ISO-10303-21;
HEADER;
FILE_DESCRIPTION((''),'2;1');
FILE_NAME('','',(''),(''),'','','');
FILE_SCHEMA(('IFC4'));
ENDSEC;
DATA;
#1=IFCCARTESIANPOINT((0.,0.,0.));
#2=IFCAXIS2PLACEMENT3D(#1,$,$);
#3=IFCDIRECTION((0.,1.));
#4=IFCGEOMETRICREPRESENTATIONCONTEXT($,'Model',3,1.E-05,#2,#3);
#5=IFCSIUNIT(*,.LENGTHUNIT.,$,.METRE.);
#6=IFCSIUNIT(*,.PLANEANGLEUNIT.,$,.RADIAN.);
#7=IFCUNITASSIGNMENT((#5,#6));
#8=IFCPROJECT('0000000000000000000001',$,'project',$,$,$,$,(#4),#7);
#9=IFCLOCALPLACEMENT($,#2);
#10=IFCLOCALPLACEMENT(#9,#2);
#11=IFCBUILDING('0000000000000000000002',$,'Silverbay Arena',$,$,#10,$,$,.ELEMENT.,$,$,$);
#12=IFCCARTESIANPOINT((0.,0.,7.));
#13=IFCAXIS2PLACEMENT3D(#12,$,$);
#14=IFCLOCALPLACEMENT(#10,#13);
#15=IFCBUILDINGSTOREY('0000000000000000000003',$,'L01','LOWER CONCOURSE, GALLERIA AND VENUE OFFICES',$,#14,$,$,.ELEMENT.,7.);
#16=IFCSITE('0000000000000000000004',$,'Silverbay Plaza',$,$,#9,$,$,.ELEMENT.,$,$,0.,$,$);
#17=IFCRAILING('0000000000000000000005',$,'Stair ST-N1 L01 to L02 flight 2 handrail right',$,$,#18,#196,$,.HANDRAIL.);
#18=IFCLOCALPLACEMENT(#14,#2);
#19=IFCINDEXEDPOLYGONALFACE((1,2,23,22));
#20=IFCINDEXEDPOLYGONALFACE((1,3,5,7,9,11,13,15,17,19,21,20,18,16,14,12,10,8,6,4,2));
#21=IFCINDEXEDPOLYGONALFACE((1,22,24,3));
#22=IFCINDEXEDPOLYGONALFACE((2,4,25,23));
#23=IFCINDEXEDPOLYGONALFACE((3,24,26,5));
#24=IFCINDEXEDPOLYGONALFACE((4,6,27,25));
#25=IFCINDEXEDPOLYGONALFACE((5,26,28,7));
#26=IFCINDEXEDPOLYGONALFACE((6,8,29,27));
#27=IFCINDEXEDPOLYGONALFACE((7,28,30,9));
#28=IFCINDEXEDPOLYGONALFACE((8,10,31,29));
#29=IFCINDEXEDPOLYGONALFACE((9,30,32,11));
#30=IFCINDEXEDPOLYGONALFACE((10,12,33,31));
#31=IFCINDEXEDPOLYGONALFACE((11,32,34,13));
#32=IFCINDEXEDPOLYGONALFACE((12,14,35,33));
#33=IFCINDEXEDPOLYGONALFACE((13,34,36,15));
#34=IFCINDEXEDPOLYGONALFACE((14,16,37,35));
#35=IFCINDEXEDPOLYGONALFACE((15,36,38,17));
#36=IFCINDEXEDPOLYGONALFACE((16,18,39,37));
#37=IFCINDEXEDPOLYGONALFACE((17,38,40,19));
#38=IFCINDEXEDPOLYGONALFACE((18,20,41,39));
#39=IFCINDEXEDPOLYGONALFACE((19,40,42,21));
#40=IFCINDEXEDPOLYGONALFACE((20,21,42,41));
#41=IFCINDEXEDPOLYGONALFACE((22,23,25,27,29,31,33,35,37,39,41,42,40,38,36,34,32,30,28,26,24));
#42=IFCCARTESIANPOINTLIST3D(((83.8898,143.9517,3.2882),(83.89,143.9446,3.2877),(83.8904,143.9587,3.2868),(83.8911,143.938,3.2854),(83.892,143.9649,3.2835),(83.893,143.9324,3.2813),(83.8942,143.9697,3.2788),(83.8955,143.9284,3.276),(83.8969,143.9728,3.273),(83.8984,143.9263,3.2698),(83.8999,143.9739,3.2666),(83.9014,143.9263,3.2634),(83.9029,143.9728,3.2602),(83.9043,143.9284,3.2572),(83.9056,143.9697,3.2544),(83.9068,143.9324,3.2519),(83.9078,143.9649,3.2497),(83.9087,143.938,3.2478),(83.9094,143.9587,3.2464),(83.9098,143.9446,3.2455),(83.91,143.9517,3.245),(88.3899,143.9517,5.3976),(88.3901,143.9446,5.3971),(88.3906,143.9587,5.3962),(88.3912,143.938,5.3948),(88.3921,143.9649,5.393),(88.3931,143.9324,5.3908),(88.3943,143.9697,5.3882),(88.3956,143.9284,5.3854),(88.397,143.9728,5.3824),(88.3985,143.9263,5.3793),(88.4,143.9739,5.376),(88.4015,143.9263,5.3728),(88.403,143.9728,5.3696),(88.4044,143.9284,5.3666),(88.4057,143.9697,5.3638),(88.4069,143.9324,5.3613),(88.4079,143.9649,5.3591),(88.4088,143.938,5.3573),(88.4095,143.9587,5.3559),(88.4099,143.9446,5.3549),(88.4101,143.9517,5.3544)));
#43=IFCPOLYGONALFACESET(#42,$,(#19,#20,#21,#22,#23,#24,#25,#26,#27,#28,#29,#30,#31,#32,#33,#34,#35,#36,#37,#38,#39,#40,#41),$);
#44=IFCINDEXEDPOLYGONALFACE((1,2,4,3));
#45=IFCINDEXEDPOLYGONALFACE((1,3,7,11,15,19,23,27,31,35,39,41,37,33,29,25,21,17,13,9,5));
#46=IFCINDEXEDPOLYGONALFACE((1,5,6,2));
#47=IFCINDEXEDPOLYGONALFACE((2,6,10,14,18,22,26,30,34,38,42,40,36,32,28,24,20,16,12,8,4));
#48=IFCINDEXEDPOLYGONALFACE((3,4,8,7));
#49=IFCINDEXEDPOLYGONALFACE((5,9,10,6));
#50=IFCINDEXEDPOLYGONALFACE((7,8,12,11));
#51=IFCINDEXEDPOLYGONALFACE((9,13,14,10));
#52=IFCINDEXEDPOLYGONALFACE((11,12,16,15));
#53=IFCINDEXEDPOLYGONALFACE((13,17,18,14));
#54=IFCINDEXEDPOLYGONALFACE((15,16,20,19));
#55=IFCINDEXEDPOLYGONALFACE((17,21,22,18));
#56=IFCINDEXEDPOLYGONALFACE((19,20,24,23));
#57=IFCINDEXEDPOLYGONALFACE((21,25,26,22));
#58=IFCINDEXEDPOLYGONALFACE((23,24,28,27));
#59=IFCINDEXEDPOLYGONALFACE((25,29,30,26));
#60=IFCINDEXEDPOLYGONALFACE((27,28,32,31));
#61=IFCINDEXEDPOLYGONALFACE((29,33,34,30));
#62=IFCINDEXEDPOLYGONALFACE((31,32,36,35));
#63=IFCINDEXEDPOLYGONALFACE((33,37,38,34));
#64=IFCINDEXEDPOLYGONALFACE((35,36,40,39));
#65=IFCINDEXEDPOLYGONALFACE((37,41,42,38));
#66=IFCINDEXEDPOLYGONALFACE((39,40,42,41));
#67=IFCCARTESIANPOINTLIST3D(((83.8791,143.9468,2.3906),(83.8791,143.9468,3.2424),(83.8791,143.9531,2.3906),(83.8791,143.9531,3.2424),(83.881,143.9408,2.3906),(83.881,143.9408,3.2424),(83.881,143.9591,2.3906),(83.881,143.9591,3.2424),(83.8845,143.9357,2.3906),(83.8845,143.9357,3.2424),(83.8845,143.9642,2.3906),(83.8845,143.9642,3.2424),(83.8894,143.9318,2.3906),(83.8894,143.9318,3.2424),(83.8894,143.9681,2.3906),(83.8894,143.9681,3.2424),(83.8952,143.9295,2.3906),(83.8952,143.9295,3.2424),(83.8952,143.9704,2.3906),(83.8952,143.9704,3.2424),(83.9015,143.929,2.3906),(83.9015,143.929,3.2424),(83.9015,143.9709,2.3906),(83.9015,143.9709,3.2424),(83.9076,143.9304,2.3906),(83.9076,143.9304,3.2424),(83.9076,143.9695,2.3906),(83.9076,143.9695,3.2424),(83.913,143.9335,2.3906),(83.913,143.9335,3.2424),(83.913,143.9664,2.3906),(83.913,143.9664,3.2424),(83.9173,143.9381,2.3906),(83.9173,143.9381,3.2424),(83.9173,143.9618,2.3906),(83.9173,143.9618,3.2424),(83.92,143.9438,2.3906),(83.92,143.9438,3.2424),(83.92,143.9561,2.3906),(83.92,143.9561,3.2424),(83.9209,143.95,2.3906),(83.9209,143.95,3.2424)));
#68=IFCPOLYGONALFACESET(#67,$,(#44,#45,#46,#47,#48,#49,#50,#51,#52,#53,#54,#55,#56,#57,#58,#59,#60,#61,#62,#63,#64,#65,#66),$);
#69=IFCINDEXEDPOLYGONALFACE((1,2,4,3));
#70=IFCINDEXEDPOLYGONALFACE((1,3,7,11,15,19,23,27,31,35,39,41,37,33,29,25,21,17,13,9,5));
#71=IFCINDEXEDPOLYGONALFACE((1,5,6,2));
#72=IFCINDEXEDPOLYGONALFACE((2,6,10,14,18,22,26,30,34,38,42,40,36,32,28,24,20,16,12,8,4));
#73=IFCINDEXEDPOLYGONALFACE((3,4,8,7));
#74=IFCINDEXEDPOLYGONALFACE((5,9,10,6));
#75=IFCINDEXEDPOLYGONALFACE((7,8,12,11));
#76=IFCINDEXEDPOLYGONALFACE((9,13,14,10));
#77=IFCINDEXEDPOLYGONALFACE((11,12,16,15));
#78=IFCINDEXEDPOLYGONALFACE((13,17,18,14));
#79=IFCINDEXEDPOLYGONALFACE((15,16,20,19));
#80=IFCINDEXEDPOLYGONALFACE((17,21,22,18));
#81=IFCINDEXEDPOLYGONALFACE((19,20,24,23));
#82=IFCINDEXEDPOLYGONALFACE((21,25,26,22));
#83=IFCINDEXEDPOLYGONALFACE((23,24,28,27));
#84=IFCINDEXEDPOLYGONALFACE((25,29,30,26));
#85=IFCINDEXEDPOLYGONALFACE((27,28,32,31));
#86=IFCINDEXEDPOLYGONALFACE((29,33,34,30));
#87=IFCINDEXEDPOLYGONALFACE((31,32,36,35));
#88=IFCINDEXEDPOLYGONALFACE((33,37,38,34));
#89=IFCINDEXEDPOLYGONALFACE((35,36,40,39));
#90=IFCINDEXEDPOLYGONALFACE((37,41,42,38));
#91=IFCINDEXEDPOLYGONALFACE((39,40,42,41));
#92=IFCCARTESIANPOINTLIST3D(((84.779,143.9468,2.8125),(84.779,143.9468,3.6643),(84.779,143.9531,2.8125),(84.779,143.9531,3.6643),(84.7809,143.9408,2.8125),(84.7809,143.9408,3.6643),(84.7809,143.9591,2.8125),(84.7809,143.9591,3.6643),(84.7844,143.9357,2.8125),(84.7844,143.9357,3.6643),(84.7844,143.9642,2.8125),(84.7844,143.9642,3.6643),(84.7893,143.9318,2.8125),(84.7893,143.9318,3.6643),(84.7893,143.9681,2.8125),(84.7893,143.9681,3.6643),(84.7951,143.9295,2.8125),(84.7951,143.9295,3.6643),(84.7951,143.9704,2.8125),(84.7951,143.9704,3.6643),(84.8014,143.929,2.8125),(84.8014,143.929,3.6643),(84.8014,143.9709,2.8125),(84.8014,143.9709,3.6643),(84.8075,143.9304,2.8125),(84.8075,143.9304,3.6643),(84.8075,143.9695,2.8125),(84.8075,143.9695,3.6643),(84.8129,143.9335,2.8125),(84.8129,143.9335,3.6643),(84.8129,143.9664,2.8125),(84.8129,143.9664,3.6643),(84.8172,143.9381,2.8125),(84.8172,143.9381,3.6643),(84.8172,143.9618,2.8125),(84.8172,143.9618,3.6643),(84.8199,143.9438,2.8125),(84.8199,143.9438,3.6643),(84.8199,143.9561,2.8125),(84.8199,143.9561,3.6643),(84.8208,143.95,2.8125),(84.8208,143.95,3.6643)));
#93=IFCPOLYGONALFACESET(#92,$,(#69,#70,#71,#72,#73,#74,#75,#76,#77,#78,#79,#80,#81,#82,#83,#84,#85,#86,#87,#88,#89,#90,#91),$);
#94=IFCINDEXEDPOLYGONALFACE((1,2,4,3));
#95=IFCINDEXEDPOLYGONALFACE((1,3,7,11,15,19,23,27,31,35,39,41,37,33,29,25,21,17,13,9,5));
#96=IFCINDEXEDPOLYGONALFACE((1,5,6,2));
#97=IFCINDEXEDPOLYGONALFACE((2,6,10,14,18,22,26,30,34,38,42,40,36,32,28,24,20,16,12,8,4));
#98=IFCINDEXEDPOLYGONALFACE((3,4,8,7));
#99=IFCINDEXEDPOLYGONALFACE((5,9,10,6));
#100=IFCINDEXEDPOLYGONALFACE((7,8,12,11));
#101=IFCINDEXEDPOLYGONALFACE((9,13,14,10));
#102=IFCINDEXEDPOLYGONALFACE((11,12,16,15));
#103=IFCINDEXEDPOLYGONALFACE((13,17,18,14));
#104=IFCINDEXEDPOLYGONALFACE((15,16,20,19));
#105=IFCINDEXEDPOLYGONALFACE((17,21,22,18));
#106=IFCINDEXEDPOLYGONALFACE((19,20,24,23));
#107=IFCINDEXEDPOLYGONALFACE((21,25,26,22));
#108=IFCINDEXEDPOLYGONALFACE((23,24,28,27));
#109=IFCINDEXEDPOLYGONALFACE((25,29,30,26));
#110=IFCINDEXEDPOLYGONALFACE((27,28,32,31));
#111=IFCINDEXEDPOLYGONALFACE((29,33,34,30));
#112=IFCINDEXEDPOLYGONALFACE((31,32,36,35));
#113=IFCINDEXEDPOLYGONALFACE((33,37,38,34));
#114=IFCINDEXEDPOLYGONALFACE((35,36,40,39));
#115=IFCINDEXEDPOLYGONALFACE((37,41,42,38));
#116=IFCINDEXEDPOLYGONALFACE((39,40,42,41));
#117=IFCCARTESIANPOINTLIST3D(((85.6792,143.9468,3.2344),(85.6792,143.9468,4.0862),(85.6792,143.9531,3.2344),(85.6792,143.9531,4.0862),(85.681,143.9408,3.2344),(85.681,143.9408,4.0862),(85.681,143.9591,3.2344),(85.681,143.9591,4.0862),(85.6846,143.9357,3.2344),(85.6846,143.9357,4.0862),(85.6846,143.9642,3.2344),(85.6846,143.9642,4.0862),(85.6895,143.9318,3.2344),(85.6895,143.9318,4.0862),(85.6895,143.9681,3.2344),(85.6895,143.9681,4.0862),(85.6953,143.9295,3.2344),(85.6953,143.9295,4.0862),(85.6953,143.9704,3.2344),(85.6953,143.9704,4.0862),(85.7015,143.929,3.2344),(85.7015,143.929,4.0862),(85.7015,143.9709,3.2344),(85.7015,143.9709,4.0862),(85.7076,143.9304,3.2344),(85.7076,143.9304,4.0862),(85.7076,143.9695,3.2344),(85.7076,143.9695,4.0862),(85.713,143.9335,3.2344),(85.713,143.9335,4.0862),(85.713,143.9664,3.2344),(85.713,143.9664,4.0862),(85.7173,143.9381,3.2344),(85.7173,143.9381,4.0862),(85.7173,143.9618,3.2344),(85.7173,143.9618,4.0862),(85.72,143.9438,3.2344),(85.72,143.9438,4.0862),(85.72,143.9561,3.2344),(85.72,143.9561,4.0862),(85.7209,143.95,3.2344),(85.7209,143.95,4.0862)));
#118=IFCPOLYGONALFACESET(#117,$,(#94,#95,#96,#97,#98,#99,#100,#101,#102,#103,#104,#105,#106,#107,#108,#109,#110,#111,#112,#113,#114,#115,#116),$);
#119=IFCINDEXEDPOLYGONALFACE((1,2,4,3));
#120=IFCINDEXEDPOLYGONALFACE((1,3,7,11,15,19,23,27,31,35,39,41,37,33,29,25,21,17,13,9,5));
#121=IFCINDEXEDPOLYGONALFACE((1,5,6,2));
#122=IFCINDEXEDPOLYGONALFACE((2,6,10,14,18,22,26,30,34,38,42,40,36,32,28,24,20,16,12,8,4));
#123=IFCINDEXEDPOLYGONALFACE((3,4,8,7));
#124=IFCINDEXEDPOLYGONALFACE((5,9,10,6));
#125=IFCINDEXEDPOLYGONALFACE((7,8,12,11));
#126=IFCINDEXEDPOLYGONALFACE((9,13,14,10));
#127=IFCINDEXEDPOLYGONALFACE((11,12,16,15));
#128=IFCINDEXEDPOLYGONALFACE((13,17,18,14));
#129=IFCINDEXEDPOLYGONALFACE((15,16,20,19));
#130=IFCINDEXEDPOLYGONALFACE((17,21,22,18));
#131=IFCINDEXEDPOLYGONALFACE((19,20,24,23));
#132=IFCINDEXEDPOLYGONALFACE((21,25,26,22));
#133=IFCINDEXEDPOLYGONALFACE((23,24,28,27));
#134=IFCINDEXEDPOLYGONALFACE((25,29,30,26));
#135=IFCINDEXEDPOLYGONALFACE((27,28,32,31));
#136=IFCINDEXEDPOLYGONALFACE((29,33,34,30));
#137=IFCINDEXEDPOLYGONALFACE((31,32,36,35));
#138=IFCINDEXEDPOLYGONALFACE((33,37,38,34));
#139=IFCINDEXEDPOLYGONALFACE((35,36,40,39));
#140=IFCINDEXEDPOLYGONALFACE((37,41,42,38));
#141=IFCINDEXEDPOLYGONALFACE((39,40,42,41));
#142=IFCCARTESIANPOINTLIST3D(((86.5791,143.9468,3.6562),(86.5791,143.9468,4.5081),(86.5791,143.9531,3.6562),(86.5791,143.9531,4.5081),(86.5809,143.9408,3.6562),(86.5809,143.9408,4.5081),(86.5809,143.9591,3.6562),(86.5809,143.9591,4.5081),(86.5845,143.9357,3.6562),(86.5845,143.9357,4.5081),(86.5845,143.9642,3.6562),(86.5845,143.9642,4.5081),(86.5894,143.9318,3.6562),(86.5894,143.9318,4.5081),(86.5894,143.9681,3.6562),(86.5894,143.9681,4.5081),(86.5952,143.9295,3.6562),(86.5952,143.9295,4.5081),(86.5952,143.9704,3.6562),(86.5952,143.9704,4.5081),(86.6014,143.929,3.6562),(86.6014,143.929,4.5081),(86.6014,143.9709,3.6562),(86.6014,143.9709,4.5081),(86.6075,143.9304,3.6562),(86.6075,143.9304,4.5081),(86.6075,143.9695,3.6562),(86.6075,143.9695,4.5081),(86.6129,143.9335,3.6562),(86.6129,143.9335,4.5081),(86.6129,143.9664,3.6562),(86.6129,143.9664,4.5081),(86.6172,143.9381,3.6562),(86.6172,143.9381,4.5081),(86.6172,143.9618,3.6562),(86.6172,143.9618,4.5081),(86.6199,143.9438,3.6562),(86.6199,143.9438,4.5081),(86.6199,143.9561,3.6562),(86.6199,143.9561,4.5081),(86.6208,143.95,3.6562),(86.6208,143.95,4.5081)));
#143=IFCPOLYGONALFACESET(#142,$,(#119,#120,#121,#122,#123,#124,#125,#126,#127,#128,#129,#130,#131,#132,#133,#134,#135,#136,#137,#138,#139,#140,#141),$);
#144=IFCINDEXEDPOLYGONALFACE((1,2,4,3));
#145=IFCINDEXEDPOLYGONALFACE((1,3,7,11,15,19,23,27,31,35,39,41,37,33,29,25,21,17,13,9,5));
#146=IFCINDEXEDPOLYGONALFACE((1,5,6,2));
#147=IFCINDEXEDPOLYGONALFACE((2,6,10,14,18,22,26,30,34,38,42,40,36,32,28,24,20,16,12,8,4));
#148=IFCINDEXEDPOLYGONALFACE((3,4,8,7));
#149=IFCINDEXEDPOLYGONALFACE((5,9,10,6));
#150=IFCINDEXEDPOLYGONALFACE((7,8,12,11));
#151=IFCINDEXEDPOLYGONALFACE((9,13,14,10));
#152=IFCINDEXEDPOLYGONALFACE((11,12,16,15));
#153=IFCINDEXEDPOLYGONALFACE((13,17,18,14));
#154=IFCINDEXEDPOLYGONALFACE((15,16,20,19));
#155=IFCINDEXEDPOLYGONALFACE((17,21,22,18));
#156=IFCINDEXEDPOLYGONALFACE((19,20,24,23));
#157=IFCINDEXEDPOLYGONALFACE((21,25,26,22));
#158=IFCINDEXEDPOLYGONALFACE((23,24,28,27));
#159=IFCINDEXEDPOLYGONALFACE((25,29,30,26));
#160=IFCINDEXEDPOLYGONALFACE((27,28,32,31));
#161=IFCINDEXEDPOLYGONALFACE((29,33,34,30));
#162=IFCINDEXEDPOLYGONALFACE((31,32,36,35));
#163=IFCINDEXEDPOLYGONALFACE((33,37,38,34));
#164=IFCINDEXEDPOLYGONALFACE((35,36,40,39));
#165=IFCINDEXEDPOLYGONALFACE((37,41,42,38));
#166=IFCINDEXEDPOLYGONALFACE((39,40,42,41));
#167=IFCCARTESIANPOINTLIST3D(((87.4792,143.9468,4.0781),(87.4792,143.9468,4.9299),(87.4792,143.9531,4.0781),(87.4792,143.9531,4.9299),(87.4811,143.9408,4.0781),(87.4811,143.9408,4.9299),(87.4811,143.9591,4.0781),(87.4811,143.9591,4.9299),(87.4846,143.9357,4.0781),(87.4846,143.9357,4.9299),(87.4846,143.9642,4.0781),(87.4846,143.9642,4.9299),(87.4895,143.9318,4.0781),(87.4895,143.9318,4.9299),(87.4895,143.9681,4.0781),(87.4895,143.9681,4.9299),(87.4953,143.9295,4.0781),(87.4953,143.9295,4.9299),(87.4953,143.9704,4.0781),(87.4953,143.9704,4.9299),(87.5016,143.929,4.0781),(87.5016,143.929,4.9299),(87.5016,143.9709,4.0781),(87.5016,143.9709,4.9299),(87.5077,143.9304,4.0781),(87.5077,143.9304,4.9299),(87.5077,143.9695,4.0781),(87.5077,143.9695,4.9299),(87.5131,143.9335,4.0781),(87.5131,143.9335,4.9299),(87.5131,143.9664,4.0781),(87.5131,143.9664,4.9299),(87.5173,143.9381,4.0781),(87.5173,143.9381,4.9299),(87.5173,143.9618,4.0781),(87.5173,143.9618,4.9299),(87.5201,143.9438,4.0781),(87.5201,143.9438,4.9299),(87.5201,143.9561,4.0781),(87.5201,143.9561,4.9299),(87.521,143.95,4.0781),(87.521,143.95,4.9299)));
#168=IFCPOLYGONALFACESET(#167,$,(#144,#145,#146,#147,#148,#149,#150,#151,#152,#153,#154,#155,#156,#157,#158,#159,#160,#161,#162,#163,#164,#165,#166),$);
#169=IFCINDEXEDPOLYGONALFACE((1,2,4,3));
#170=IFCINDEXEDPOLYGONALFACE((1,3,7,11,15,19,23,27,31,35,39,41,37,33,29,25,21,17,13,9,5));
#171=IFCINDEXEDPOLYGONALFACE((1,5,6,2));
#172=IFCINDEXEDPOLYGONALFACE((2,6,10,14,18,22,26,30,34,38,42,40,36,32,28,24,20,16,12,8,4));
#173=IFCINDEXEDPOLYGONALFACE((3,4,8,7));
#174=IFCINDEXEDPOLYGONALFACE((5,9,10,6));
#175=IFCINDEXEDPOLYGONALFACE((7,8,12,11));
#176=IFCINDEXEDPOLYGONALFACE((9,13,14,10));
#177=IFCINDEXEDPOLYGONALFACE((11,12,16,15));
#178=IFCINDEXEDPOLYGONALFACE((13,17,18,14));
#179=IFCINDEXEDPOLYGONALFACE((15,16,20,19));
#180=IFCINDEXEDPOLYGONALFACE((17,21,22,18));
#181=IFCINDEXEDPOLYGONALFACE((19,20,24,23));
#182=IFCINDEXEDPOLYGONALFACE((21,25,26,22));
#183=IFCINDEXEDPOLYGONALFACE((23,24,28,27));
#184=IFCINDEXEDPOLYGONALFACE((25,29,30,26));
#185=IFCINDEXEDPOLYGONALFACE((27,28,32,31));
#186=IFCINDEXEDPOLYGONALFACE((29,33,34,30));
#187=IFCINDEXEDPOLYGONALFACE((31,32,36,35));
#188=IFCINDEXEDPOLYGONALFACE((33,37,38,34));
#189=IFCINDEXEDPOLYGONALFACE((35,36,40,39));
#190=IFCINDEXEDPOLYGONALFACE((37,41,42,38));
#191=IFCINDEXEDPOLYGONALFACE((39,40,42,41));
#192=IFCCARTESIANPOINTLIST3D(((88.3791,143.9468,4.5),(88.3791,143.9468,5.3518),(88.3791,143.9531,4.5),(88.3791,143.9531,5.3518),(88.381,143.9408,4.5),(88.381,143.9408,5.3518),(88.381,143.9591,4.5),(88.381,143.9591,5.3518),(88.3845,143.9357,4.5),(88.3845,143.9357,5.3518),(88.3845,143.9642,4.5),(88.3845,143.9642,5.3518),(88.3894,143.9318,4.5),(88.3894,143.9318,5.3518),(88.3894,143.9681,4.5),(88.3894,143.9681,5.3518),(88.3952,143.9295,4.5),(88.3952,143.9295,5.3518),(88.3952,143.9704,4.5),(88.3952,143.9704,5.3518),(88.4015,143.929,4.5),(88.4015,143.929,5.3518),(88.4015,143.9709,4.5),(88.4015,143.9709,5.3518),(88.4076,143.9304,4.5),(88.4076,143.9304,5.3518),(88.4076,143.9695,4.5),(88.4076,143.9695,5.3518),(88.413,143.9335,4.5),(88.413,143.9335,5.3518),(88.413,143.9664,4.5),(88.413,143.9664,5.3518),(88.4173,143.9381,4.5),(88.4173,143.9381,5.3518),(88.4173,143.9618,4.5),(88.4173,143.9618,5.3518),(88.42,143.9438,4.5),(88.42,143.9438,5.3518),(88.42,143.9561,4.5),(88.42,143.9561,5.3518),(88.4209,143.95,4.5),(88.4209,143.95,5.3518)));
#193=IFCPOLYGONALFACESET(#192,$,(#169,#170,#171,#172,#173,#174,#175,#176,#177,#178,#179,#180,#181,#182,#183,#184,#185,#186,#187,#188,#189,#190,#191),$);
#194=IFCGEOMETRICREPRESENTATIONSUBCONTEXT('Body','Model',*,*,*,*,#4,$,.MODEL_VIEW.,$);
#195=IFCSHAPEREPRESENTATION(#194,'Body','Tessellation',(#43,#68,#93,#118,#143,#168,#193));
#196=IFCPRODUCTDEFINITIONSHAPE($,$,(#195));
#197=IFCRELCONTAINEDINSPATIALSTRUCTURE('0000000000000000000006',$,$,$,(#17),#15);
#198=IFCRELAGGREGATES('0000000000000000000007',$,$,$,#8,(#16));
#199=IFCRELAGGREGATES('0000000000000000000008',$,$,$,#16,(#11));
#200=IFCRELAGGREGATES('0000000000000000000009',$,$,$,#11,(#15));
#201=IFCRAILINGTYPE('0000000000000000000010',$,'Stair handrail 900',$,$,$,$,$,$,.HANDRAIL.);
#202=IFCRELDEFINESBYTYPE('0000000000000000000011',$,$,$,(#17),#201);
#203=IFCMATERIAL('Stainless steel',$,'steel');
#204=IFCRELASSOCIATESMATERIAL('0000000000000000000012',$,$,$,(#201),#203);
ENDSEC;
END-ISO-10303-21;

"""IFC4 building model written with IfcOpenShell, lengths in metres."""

from ifc_helpers import new_model, si_unit, direction, frame, origin, origin_2d, place, context, subcontext, project, spatial, circle, extrude, material, type_object, element, save


model = new_model("IFC4")

# Units and contexts
model_context = context("Model", 3, precision=1e-05, world=origin(), true_north=direction((0.0, 1.0)))
body_context = subcontext(model_context, "Body", "Model", "MODEL_VIEW")
ifc_project = project(units=[si_unit("LENGTHUNIT", "METRE"), si_unit("PLANEANGLEUNIT", "RADIAN")], contexts=[model_context])

# Site, building, storey
site_placement = place(None, origin())
site = spatial("IfcSite", under=ifc_project, at=site_placement, Name="Silverbay Plaza", CompositionType="ELEMENT", RefElevation=0.0)
building_placement = place(site_placement, origin())
building = spatial("IfcBuilding", under=site, at=building_placement, Name="Silverbay Arena", CompositionType="ELEMENT")
storey_placement = place(building_placement, frame((0.0, 0.0, 7.0)))
storey = spatial("IfcBuildingStorey", under=building, at=storey_placement, Name="L01", Description="LOWER CONCOURSE, GALLERIA AND VENUE OFFICES", CompositionType="ELEMENT", Elevation=7.0)

# Railing
ifc_material_1 = material(Name="Stainless steel", Category="steel")
railing_type_1 = type_object("IfcRailingType", Name="Stair handrail 900", PredefinedType="HANDRAIL", material=ifc_material_1)
for number, where, name in (
    (1, (83.8999, 143.95, 2.3906), "Stair ST-N1 L01 to L02 flight 2 handrail right"),
):
    element("IfcRailing", number, at=place(storey_placement, frame(where)), inside=storey, type_object=railing_type_1, Name=name, PredefinedType="HANDRAIL", context=body_context, shape_type="SweptSolid", body=[
        extrude(circle(Radius=0.0239, at=origin_2d()), frame((0.0, 0.0, 0.876), z_axis=(0.905459, 0.0, 0.424434), x_axis=(0.0, 1.0, 0.0)), (0.0, 0.0, 1.0), 4.97),
        extrude(circle(Radius=0.021, at=origin_2d()), origin(), (0.0, 0.0, 1.0), 0.8518),
        extrude(circle(Radius=0.021, at=origin_2d()), frame((0.8999, 0.0, 0.4219)), (0.0, 0.0, 1.0), 0.8518),
        extrude(circle(Radius=0.021, at=origin_2d()), frame((1.8, 0.0, 0.8438)), (0.0, 0.0, 1.0), 0.8518),
        extrude(circle(Radius=0.021, at=origin_2d()), frame((2.7, 0.0, 1.2656)), (0.0, 0.0, 1.0), 0.8518),
        extrude(circle(Radius=0.021, at=origin_2d()), frame((3.6001, 0.0, 1.6875)), (0.0, 0.0, 1.0), 0.8518),
        extrude(circle(Radius=0.021, at=origin_2d()), frame((4.5, 0.0, 2.1094)), (0.0, 0.0, 1.0), 0.8518),
    ])

save(model, "model.ifc")
